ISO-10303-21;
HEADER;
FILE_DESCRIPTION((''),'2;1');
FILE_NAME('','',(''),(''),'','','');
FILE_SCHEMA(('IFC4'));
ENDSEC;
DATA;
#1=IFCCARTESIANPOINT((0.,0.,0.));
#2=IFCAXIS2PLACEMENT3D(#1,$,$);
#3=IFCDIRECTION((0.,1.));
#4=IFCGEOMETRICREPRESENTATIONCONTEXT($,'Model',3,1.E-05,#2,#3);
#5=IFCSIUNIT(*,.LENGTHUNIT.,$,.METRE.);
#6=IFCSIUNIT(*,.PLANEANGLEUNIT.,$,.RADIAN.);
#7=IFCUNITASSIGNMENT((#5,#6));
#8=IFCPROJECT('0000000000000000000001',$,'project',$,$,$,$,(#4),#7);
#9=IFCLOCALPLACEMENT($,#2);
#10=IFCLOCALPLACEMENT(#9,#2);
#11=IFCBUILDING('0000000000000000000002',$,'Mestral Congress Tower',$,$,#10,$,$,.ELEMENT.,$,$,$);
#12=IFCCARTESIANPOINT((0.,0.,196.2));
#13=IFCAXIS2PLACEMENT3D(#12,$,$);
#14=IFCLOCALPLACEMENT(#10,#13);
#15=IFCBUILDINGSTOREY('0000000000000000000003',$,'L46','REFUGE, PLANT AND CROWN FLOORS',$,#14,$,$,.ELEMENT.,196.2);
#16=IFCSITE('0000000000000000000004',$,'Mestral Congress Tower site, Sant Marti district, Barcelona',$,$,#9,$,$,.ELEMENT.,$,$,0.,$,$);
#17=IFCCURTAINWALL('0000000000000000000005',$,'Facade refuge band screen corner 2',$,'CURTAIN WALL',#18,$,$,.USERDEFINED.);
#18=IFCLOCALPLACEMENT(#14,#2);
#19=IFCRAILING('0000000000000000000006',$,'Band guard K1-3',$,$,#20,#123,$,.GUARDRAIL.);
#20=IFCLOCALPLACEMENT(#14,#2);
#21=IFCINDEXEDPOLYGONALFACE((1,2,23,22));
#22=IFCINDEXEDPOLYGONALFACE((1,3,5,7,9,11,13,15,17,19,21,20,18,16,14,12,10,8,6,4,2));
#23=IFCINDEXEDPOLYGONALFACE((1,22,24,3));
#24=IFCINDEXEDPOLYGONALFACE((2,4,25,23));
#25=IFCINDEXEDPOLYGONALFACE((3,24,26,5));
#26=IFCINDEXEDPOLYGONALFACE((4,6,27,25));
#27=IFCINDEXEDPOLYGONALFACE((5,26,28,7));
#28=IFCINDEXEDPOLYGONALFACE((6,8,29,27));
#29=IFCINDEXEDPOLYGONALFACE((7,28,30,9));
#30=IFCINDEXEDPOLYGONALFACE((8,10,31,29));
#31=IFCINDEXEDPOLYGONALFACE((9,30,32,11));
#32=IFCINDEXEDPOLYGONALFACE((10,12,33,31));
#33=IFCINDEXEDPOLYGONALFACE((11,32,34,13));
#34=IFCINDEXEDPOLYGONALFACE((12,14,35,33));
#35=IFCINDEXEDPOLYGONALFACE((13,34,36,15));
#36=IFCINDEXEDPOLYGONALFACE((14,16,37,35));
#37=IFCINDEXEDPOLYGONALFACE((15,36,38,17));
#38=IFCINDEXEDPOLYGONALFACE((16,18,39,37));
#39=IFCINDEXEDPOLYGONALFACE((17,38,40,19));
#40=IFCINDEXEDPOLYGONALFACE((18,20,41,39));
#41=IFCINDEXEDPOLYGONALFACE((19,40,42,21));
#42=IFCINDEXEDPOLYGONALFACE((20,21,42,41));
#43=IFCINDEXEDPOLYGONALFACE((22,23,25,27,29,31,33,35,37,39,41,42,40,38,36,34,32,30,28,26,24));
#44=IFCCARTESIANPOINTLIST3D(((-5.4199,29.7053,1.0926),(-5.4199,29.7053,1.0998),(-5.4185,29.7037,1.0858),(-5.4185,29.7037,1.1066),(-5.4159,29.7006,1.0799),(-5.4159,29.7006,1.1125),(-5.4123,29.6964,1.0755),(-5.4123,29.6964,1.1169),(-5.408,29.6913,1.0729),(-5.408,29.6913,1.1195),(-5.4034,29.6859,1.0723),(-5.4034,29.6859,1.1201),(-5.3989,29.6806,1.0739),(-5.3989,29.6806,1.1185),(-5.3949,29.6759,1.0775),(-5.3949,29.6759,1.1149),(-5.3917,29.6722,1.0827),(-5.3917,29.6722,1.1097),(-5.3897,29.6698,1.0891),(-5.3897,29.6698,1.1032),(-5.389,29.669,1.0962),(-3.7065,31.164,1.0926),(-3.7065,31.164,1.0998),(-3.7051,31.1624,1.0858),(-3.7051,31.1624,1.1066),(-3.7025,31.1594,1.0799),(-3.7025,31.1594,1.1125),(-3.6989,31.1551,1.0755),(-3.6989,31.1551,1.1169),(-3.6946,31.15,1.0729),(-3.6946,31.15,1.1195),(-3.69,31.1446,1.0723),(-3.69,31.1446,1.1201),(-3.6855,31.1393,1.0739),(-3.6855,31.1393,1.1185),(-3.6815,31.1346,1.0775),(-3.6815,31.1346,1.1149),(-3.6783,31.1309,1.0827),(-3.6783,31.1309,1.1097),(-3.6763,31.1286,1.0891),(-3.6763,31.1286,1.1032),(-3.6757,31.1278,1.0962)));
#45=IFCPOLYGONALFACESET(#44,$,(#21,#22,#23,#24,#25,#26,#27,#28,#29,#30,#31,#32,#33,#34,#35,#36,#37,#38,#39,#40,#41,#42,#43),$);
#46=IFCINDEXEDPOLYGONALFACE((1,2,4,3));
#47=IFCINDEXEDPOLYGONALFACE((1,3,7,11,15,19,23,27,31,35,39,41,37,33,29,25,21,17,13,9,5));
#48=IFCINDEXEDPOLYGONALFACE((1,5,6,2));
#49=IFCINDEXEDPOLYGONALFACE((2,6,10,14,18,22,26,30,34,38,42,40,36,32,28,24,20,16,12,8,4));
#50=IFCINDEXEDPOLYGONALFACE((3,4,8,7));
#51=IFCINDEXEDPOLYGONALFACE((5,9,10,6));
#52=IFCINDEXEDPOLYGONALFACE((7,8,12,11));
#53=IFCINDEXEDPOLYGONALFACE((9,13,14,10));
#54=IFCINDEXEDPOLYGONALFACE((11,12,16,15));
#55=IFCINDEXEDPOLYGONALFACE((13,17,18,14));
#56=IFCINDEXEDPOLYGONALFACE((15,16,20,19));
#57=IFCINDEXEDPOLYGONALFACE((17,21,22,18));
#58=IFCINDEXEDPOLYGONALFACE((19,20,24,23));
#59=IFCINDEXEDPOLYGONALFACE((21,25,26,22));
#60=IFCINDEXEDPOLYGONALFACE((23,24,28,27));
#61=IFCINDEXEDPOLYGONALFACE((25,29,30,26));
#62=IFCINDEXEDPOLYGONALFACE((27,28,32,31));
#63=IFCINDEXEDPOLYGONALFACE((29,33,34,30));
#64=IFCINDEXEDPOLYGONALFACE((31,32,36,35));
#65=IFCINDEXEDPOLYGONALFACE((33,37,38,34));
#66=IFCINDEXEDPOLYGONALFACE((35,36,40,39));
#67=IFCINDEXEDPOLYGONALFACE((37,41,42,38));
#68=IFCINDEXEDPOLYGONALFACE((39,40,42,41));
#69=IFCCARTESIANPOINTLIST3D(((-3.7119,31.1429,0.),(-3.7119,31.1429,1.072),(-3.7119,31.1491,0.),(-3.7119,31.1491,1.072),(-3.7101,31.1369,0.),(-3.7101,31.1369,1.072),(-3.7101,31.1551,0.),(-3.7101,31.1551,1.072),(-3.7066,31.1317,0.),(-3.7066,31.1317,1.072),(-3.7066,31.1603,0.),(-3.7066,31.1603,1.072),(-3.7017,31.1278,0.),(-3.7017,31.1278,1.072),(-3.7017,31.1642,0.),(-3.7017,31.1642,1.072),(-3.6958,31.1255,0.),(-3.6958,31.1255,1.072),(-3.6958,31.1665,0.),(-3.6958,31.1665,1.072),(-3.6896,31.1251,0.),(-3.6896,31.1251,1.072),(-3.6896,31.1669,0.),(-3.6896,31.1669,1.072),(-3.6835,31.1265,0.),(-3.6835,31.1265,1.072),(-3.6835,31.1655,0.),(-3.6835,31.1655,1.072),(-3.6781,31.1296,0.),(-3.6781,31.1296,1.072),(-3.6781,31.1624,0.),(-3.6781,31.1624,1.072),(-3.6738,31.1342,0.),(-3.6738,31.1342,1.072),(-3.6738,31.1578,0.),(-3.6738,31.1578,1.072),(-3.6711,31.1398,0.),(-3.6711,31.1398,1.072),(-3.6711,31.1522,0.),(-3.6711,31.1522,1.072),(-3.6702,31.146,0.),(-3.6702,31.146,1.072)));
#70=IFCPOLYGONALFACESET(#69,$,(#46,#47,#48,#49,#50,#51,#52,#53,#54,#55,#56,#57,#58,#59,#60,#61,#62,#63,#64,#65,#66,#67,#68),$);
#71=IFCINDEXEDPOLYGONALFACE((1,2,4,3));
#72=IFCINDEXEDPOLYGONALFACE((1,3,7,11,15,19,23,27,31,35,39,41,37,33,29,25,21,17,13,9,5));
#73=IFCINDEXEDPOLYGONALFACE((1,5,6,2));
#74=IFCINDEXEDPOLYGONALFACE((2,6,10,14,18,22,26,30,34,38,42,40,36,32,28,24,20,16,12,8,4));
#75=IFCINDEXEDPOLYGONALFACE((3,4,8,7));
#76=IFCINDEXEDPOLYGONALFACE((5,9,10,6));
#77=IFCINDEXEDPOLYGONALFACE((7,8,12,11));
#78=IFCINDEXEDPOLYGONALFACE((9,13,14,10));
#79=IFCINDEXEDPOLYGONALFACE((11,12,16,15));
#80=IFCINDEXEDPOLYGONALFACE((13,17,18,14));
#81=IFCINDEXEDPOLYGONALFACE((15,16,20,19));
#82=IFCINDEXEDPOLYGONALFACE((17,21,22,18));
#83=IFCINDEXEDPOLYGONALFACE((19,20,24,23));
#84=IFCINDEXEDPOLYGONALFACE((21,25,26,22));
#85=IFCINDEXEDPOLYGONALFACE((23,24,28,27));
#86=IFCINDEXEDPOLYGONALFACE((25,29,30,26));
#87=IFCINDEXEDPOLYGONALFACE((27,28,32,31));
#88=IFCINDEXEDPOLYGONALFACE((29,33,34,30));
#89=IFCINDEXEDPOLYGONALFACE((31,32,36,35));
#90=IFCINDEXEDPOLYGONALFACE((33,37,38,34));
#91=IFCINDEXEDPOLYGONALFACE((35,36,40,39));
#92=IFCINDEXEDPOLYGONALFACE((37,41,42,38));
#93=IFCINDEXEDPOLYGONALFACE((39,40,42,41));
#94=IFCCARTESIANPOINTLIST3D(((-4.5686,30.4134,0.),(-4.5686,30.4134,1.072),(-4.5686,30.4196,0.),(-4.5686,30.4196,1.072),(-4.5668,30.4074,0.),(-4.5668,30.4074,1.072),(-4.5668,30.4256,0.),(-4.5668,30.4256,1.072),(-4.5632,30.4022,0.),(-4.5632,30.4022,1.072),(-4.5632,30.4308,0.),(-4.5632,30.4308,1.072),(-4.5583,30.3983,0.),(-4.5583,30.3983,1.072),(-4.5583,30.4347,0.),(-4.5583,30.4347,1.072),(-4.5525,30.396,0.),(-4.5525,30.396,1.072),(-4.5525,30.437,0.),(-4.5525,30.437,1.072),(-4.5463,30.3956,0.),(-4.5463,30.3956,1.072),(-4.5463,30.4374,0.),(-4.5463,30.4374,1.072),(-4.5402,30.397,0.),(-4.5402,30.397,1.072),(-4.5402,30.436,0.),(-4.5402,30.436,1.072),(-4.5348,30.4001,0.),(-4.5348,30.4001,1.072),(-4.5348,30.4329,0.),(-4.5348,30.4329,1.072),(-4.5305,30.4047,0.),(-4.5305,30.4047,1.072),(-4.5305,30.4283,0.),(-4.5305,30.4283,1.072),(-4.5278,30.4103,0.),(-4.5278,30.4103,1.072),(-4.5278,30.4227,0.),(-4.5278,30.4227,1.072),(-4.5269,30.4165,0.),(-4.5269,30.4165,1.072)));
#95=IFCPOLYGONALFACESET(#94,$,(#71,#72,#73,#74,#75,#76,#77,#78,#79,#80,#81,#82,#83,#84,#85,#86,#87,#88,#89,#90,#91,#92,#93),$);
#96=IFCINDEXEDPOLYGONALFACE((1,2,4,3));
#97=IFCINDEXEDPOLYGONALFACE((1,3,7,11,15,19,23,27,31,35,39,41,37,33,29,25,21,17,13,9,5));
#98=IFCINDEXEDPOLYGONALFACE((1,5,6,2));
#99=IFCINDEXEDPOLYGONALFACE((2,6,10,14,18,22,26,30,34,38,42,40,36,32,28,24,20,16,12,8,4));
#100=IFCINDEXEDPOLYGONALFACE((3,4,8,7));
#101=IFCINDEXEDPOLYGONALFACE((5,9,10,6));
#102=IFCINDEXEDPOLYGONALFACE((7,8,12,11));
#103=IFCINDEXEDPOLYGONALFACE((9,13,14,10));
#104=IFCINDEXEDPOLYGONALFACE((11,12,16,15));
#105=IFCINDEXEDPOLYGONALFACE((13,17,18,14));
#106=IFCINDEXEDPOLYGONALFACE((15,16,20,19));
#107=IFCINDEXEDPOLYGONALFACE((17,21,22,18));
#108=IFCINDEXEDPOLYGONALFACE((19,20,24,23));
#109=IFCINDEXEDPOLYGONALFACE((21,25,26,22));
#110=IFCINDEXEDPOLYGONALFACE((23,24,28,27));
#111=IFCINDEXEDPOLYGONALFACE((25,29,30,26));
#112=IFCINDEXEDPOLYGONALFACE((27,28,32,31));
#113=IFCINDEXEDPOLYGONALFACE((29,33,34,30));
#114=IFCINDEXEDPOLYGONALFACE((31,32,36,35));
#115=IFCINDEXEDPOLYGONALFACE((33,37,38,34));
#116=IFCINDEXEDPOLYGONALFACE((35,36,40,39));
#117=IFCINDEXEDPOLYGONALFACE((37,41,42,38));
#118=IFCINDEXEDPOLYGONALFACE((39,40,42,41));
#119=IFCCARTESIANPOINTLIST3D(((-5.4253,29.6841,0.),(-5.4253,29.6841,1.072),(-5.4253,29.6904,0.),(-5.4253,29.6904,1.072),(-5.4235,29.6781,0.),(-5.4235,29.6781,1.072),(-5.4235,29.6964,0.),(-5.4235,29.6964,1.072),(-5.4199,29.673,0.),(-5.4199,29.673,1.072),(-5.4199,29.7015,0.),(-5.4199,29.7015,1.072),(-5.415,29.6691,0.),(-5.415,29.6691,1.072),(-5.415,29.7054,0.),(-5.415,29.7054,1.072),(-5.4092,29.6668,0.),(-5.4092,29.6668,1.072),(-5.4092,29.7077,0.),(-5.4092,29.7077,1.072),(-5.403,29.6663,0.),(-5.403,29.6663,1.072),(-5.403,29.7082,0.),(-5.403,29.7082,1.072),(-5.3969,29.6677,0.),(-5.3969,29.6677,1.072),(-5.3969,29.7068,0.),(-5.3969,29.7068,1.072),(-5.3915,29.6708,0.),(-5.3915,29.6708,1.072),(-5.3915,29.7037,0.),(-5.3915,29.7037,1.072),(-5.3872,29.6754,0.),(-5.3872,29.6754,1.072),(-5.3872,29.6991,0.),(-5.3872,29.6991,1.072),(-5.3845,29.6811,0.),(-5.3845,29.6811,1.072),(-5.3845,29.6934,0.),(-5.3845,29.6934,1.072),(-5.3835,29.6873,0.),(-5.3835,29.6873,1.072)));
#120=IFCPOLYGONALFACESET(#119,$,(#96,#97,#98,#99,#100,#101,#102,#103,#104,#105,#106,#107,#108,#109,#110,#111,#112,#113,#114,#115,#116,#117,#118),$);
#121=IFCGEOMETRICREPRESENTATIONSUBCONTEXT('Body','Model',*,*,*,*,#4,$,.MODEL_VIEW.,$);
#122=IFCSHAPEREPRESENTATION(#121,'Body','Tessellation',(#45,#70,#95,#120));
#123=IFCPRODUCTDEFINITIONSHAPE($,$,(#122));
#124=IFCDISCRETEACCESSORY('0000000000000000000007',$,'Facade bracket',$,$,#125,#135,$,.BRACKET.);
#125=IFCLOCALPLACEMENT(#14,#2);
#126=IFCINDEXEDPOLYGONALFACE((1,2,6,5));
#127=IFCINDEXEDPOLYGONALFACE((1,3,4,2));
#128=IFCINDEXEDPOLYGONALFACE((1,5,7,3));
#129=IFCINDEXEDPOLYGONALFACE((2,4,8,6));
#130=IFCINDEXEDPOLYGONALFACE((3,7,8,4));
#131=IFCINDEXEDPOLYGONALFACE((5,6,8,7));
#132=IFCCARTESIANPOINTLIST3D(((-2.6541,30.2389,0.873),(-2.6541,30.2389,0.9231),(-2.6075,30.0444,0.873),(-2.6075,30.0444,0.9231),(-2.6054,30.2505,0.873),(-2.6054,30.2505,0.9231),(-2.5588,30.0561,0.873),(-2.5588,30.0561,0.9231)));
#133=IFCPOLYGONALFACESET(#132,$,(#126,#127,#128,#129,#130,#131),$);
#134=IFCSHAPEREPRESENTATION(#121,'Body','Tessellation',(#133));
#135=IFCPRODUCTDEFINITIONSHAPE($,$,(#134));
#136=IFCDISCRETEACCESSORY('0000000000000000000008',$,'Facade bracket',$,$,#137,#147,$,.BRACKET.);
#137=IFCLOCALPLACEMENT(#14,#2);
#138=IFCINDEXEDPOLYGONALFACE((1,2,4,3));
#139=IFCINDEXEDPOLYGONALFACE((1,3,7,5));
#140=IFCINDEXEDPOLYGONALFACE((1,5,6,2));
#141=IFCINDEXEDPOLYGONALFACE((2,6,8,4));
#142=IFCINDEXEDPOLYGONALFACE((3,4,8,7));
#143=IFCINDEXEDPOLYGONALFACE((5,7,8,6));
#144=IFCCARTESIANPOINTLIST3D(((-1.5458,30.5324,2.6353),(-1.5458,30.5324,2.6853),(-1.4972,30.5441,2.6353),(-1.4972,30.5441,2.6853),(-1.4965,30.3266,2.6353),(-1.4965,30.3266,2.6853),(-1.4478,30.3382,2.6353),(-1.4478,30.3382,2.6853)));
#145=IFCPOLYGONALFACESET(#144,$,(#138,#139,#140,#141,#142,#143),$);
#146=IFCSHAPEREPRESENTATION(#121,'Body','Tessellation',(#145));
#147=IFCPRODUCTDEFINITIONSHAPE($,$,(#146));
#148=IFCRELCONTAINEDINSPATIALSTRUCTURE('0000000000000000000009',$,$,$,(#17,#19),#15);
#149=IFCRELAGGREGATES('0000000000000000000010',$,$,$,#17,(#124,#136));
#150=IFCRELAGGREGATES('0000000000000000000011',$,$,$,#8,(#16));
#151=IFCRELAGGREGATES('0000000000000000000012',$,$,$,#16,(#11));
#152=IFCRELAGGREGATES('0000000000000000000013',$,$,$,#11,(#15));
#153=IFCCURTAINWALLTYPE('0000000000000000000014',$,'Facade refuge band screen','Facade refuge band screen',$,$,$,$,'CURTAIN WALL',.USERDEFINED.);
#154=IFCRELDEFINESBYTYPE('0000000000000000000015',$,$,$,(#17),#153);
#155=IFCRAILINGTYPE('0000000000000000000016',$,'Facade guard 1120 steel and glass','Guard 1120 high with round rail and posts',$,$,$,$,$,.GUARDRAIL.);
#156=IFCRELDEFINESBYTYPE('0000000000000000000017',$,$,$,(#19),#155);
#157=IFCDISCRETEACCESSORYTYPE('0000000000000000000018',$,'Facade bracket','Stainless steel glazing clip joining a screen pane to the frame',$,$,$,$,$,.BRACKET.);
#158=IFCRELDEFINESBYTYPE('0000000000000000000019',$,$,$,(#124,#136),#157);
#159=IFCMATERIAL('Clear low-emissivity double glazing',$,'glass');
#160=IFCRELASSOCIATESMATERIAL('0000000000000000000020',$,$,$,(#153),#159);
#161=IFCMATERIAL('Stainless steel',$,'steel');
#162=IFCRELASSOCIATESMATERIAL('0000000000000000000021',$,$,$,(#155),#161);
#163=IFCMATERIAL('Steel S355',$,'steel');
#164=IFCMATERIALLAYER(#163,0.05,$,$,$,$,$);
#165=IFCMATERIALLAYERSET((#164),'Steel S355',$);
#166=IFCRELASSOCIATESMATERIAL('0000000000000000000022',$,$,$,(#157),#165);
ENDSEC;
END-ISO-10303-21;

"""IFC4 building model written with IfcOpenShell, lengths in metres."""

from ifc_helpers import new_model, si_unit, direction, frame, origin, origin_2d, place, context, subcontext, project, spatial, rectangle, circle, extrude, material, layer, layer_set, type_object, element, aggregate, save


model = new_model("IFC4")

# Units and contexts
model_context = context("Model", 3, precision=1e-05, world=origin(), true_north=direction((0.0, 1.0)))
body_context = subcontext(model_context, "Body", "Model", "MODEL_VIEW")
ifc_project = project(units=[si_unit("LENGTHUNIT", "METRE"), si_unit("PLANEANGLEUNIT", "RADIAN")], contexts=[model_context])

# Site, building, storey
site_placement = place(None, origin())
site = spatial("IfcSite", under=ifc_project, at=site_placement, Name="Mestral Congress Tower site, Sant Marti district, Barcelona", CompositionType="ELEMENT", RefElevation=0.0)
building_placement = place(site_placement, origin())
building = spatial("IfcBuilding", under=site, at=building_placement, Name="Mestral Congress Tower", CompositionType="ELEMENT")
storey_placement = place(building_placement, frame((0.0, 0.0, 196.2)))
storey = spatial("IfcBuildingStorey", under=building, at=storey_placement, Name="L46", Description="REFUGE, PLANT AND CROWN FLOORS", CompositionType="ELEMENT", Elevation=196.2)

# Shared definitions
ifc_material_1 = material(Name="Steel S355", Category="steel")

# Curtain wall
ifc_material_2 = material(Name="Clear low-emissivity double glazing", Category="glass")
curtain_wall_type = type_object("IfcCurtainWallType", Name="Facade refuge band screen", Description="Facade refuge band screen", ElementType="CURTAIN WALL", PredefinedType="USERDEFINED", material=ifc_material_2)
curtain_wall_placement = place(storey_placement, origin())
curtain_wall = element("IfcCurtainWall", 1, at=curtain_wall_placement, inside=storey, type_object=curtain_wall_type, Name="Facade refuge band screen corner 2", ObjectType="CURTAIN WALL", PredefinedType="USERDEFINED")

# Railing
ifc_material_3 = material(Name="Stainless steel", Category="steel")
railing_type = type_object("IfcRailingType", Name="Facade guard 1120 steel and glass", Description="Guard 1120 high with round rail and posts", PredefinedType="GUARDRAIL", material=ifc_material_3)
railing_1_placement = place(storey_placement, frame((-3.6912, 31.146, 0.0)))
element("IfcRailing", 2, at=railing_1_placement, inside=storey, type_object=railing_type, Name="Band guard K1-3", PredefinedType="GUARDRAIL", context=body_context, shape_type="SweptSolid", body=[
    extrude(circle(Radius=0.0239, at=origin_2d()), frame((0.0, 0.0, 1.0962), z_axis=(-0.76142, -0.648259, 0.0), x_axis=(0.648259, -0.76142, 0.0)), (0.0, 0.0, 1.0), 2.2502),
    extrude(circle(Radius=0.021, at=origin_2d()), origin(), (0.0, 0.0, 1.0), 1.072),
    extrude(circle(Radius=0.021, at=origin_2d()), frame((-0.8567, -0.7295, 0.0)), (0.0, 0.0, 1.0), 1.072),
    extrude(circle(Radius=0.021, at=origin_2d()), frame((-1.7134, -1.4587, 0.0)), (0.0, 0.0, 1.0), 1.072),
])

# Discrete accessories
ifc_layer_1 = layer(ifc_material_1, 0.05)
ifc_layer_set_1 = layer_set([ifc_layer_1], Name="Steel S355")
discrete_accessory_type = type_object("IfcDiscreteAccessoryType", Name="Facade bracket", Description="Stainless steel glazing clip joining a screen pane to the frame", PredefinedType="BRACKET", material=ifc_layer_set_1)
discrete_accessory_1_placement = place(storey_placement, frame((-2.6064, 30.1475, 0.873), z_axis=(0.0, 0.0, 1.0), x_axis=(-0.972492, -0.232938, 0.0)))
discrete_accessory_1 = element("IfcDiscreteAccessory", 3, at=discrete_accessory_1_placement, type_object=discrete_accessory_type, Name="Facade bracket", PredefinedType="BRACKET", context=body_context, shape_type="SweptSolid", body=[
    extrude(rectangle(XDim=0.05, YDim=0.2, at=origin_2d()), origin(), (0.0, 0.0, 1.0), 0.05),
])
discrete_accessory_2_placement = place(storey_placement, frame((-1.4968, 30.4353, 2.6353), z_axis=(0.0, 0.0, 1.0), x_axis=(-0.972461, -0.233067, 0.0)))
discrete_accessory_2 = element("IfcDiscreteAccessory", 4, at=discrete_accessory_2_placement, type_object=discrete_accessory_type, Name="Facade bracket", PredefinedType="BRACKET", context=body_context, shape_type="SweptSolid", body=[
    extrude(rectangle(XDim=0.05, YDim=0.2117, at=origin_2d()), origin(), (0.0, 0.0, 1.0), 0.05),
])
aggregate(curtain_wall, [discrete_accessory_1, discrete_accessory_2])

save(model, "model.ifc")
